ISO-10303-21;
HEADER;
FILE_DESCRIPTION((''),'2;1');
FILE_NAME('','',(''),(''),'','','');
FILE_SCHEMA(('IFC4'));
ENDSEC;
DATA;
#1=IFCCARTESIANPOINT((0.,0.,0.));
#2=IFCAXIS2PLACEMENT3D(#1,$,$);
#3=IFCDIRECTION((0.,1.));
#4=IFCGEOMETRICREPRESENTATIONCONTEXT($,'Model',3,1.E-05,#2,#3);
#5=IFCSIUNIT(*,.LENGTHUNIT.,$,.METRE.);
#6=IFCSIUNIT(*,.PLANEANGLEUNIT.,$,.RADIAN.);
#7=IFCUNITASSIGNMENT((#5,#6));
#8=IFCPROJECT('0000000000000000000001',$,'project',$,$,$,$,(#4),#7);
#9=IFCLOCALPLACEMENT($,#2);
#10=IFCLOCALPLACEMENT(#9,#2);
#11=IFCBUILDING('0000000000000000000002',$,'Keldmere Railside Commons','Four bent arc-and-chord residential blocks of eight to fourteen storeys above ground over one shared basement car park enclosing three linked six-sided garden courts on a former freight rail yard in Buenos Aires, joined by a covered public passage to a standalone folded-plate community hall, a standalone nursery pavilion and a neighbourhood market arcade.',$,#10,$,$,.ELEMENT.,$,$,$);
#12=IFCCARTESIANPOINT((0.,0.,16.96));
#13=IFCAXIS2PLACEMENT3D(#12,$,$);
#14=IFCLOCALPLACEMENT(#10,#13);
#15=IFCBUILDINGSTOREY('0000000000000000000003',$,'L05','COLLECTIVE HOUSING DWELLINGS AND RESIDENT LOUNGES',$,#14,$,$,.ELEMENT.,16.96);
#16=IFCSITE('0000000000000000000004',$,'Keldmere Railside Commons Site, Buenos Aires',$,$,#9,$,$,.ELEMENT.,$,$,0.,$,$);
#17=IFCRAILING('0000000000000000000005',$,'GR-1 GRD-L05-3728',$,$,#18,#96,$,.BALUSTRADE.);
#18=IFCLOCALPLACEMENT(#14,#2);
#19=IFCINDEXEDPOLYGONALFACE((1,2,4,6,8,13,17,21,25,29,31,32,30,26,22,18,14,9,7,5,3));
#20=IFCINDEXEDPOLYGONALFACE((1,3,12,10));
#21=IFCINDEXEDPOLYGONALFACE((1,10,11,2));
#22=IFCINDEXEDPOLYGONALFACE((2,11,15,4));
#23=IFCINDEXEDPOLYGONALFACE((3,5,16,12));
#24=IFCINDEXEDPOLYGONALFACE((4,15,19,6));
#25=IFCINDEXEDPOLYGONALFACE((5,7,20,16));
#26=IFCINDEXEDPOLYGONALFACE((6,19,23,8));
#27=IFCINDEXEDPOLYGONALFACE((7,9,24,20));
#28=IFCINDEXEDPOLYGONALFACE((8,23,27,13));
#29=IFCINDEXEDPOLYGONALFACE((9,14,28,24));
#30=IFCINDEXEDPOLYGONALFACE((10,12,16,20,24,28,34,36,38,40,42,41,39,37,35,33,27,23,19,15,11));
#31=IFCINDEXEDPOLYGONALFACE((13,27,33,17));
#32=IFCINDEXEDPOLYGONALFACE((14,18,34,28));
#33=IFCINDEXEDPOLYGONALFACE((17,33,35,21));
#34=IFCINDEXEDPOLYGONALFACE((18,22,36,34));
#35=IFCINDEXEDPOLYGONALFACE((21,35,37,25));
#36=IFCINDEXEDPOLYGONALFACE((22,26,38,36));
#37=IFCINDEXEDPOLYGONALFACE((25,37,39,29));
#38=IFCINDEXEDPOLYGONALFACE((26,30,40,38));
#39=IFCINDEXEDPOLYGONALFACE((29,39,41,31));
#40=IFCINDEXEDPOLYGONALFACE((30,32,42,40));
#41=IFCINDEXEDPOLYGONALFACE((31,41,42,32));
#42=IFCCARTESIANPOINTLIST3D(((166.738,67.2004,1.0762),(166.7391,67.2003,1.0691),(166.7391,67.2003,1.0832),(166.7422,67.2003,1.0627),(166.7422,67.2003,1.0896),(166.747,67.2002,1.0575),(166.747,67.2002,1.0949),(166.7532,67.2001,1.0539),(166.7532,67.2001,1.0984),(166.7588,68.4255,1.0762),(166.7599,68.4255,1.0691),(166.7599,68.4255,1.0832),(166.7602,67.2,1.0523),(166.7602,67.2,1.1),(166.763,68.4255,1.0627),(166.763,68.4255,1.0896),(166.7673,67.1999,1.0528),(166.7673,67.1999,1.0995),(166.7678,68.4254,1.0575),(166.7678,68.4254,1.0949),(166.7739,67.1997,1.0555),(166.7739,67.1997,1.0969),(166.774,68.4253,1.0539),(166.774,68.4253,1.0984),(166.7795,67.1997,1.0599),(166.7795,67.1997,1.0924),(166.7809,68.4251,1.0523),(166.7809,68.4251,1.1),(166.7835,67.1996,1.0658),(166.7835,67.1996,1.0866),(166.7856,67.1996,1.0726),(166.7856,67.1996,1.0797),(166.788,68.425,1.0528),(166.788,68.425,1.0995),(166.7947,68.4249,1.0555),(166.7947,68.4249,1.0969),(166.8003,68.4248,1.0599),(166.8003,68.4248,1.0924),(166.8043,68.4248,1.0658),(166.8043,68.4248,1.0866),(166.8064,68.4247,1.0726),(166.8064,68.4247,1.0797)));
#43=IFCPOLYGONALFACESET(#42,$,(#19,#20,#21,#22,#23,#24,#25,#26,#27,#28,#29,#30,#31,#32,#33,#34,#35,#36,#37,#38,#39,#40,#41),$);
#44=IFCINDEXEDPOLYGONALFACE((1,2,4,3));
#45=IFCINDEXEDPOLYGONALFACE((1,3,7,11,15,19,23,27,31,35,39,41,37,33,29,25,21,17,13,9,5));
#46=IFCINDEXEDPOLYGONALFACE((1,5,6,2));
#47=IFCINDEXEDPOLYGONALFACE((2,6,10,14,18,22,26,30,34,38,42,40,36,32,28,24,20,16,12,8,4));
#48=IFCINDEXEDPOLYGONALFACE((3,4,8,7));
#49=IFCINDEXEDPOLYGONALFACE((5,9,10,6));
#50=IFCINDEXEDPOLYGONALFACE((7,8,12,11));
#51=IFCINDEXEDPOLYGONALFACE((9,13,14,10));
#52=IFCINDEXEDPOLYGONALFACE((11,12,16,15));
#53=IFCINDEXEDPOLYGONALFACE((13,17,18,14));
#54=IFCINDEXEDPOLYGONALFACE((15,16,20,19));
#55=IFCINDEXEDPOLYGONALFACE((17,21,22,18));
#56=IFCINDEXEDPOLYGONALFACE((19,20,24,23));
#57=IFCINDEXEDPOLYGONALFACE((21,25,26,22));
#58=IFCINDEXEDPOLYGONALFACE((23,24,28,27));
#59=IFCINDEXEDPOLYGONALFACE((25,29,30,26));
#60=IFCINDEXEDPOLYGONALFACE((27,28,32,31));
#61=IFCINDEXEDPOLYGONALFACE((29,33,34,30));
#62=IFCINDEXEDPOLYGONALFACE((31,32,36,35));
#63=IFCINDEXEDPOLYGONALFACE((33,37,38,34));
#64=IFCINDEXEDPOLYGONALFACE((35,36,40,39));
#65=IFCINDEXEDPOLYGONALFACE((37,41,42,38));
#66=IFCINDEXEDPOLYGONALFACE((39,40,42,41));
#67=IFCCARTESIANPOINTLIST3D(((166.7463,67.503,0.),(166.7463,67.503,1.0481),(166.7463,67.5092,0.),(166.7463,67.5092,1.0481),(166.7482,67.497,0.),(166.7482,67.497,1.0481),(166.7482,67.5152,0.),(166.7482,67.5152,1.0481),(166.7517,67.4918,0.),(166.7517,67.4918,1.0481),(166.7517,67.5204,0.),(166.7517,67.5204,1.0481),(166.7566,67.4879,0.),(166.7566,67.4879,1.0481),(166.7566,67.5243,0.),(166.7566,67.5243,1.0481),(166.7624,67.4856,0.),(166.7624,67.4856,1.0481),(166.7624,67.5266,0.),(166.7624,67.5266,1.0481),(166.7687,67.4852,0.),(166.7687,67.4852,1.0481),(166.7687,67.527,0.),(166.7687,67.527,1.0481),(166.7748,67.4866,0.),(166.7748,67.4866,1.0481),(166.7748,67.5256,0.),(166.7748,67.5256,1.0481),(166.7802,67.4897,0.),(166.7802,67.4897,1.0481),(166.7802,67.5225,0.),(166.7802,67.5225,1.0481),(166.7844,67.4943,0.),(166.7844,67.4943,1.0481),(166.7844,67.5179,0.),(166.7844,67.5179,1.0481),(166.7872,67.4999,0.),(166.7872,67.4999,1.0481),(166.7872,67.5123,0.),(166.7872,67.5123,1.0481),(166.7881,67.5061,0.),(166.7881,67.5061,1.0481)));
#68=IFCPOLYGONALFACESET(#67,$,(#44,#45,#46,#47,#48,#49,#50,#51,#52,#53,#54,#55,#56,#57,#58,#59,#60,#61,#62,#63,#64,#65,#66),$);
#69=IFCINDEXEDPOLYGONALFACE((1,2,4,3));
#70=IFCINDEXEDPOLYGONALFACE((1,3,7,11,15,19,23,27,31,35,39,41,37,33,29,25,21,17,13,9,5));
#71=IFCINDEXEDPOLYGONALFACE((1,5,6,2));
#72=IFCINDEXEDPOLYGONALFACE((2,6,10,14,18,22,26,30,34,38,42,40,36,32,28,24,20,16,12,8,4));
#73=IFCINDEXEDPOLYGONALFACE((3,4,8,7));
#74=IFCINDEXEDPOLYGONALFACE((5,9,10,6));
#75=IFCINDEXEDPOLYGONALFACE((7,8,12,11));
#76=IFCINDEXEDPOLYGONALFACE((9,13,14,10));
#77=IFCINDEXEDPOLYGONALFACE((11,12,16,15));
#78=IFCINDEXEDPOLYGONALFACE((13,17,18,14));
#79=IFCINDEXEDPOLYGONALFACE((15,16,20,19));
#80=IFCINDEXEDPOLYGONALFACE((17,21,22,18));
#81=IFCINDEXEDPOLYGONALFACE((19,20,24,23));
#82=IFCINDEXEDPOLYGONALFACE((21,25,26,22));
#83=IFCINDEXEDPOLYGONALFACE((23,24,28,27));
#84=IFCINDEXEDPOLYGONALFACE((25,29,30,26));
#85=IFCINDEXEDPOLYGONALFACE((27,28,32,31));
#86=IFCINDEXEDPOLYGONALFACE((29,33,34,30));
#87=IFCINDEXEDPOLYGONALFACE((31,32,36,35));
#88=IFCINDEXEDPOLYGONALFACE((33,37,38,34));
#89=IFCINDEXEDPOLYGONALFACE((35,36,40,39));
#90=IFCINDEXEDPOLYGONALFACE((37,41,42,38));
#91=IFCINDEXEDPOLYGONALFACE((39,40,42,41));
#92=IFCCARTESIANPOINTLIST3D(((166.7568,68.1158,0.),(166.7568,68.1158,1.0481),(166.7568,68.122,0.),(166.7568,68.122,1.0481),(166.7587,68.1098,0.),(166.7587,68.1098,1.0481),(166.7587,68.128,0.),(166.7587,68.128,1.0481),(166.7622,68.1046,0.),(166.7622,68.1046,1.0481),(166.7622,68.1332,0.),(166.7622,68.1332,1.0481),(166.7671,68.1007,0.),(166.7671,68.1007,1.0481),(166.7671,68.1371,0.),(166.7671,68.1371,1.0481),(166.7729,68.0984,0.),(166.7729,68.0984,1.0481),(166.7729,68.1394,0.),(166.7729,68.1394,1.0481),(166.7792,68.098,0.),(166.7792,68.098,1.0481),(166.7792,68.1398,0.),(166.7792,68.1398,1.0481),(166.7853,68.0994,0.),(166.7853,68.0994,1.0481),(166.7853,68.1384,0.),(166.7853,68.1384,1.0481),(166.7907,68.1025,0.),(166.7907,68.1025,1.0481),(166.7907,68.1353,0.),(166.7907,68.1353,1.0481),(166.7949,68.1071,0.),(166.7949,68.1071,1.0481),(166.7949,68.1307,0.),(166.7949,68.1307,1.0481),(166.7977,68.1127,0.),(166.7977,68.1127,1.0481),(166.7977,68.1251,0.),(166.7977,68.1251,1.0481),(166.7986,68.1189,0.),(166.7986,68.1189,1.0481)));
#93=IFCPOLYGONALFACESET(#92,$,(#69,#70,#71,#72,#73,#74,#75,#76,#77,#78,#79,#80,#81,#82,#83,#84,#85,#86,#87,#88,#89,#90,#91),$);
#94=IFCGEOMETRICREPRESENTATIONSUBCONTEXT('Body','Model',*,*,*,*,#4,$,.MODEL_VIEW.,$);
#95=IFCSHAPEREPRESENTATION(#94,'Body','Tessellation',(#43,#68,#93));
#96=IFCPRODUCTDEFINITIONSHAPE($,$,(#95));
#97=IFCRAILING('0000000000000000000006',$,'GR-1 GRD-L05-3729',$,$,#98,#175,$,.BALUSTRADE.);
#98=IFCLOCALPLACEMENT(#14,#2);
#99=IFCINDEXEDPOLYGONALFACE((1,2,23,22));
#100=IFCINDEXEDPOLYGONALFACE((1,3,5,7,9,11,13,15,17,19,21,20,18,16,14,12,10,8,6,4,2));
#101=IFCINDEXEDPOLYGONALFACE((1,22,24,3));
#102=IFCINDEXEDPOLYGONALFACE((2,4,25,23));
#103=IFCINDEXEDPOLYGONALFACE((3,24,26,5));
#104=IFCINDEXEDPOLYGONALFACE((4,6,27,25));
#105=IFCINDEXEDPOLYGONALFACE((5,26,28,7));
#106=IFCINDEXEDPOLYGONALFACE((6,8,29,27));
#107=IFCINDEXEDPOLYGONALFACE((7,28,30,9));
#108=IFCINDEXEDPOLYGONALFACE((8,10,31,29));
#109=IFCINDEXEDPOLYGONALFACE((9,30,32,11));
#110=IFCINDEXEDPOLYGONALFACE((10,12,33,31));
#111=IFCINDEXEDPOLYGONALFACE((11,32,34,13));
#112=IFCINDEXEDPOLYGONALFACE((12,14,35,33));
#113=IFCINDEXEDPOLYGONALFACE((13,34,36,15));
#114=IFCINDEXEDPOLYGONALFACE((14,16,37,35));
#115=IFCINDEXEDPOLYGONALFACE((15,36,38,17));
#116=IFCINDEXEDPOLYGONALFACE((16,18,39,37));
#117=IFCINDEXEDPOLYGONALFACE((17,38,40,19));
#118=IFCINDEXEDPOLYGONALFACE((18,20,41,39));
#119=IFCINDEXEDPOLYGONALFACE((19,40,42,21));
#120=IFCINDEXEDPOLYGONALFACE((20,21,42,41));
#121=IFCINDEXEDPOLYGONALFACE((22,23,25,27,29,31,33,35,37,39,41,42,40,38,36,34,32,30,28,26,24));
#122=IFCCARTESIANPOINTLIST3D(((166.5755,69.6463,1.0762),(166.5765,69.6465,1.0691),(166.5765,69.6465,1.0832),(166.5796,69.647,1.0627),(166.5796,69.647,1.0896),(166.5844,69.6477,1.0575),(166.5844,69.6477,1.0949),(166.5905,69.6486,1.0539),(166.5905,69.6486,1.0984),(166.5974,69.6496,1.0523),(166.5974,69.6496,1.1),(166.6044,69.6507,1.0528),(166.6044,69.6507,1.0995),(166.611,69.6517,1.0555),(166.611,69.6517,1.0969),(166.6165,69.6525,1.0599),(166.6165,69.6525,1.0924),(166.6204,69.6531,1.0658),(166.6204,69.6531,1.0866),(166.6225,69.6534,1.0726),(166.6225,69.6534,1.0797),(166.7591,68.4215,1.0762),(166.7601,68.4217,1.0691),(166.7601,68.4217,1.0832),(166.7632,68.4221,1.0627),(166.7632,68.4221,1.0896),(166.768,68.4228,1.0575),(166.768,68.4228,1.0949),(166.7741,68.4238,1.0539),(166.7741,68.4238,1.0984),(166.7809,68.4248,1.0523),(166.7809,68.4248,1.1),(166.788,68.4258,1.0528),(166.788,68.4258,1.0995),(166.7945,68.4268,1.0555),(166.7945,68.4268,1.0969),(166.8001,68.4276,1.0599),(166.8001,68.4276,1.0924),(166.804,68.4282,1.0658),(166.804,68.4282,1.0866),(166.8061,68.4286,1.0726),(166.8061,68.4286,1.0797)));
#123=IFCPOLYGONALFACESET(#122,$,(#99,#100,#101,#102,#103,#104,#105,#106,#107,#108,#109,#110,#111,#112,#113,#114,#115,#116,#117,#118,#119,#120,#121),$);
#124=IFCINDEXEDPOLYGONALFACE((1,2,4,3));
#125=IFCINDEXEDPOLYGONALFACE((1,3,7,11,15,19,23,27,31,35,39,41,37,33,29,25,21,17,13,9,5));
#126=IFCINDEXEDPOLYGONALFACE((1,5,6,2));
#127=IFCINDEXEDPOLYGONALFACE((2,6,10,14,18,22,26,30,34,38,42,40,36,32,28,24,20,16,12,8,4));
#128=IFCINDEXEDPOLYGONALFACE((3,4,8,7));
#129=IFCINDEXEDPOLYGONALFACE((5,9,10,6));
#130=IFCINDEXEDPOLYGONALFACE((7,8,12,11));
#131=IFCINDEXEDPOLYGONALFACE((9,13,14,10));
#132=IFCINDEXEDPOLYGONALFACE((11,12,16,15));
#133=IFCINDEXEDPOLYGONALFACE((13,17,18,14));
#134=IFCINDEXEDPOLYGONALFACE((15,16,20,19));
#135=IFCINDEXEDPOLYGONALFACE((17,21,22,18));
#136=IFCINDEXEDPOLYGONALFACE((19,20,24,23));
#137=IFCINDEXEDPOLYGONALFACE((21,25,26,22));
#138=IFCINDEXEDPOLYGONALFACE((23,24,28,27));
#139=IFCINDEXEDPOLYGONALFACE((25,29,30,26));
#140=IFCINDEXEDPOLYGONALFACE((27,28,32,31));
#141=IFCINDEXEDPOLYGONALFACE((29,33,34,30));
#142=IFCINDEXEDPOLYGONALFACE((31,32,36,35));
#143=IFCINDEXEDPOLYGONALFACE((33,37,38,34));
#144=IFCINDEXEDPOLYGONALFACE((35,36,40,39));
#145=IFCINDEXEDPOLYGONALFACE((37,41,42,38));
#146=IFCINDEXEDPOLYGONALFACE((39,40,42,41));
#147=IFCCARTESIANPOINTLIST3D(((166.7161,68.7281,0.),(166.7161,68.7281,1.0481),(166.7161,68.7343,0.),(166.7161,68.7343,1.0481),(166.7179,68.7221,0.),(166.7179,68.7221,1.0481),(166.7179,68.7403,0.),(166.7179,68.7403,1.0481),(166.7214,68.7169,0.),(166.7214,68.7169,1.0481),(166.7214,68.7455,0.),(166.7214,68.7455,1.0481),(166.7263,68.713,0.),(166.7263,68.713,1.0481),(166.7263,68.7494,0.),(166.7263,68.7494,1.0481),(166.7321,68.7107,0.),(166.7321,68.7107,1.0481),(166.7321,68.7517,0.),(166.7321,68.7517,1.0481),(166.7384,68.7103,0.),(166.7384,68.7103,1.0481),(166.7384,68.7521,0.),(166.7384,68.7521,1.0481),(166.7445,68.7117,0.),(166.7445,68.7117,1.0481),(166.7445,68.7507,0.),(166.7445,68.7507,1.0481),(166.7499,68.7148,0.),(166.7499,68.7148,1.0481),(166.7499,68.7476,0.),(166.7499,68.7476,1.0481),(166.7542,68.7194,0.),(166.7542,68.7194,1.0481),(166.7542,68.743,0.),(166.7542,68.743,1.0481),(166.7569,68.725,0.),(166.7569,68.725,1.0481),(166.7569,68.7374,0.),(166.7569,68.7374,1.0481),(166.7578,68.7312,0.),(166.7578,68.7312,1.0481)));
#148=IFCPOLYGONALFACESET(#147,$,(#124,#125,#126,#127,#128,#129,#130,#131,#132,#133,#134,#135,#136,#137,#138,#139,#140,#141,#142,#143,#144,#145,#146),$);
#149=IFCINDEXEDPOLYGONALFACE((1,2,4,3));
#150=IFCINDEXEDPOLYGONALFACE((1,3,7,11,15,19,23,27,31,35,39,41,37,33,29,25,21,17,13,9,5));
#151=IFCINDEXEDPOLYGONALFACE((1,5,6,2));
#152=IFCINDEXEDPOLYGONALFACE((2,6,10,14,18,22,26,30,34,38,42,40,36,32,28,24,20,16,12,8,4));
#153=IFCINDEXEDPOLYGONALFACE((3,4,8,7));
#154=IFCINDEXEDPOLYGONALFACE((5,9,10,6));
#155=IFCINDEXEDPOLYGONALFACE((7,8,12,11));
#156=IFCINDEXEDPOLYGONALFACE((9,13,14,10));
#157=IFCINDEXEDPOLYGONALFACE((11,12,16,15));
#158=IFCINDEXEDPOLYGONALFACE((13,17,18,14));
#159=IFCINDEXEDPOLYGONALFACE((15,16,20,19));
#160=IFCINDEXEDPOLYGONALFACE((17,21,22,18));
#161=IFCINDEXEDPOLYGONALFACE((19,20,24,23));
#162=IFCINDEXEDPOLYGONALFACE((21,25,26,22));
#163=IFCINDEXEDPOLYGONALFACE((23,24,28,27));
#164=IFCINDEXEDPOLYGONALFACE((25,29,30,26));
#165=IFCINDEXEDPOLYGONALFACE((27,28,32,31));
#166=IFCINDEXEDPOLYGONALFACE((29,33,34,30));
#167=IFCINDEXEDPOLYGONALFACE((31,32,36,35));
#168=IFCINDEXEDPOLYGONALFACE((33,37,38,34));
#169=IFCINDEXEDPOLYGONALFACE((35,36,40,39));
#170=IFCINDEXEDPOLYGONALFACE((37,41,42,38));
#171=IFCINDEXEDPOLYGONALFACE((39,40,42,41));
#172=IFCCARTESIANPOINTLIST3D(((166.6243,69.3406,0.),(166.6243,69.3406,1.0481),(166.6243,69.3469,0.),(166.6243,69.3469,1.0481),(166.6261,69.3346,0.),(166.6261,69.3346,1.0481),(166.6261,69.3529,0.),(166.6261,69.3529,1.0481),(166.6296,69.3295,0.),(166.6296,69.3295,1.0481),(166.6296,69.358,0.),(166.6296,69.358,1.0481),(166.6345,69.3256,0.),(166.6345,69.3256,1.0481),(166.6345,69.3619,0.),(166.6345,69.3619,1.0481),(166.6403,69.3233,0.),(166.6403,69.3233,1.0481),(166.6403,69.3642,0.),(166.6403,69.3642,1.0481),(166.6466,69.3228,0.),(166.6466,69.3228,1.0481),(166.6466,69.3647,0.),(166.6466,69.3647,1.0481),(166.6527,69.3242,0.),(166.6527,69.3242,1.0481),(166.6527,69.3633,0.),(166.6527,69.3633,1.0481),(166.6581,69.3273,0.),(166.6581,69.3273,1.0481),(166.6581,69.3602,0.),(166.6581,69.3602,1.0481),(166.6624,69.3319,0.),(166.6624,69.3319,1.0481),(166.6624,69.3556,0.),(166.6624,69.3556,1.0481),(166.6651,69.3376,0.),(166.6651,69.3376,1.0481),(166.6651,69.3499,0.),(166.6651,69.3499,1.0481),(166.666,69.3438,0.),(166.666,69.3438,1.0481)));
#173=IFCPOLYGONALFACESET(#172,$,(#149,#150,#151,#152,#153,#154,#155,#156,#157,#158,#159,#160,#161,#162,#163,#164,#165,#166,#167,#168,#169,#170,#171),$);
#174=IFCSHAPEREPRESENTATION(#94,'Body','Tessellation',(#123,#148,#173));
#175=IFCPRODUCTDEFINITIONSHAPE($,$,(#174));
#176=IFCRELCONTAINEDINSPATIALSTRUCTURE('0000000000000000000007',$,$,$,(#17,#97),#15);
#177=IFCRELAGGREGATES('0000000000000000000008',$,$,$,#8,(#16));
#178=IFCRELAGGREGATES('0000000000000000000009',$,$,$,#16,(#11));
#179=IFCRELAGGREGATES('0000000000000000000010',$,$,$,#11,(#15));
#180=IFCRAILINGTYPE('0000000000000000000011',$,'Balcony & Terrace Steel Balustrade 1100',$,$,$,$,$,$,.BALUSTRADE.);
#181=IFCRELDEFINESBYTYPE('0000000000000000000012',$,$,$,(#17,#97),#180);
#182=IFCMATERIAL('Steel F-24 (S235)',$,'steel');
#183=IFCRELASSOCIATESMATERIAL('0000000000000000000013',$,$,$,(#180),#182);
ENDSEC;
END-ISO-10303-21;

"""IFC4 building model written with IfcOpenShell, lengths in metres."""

from ifc_helpers import new_model, si_unit, direction, frame, origin, origin_2d, place, context, subcontext, project, spatial, circle, extrude, material, type_object, element, save


model = new_model("IFC4")

# Units and contexts
model_context = context("Model", 3, precision=1e-05, world=origin(), true_north=direction((0.0, 1.0)))
body_context = subcontext(model_context, "Body", "Model", "MODEL_VIEW")
ifc_project = project(units=[si_unit("LENGTHUNIT", "METRE"), si_unit("PLANEANGLEUNIT", "RADIAN")], contexts=[model_context])

# Site, building, storey
site_placement = place(None, origin())
site = spatial("IfcSite", under=ifc_project, at=site_placement, Name="Keldmere Railside Commons Site, Buenos Aires", CompositionType="ELEMENT", RefElevation=0.0)
building_placement = place(site_placement, origin())
building = spatial("IfcBuilding", under=site, at=building_placement, Name="Keldmere Railside Commons", Description="Four bent arc-and-chord residential blocks of eight to fourteen storeys above ground over one shared basement car park enclosing three linked six-sided garden courts on a former freight rail yard in Buenos Aires, joined by a covered public passage to a standalone folded-plate community hall, a standalone nursery pavilion and a neighbourhood market arcade.", CompositionType="ELEMENT")
storey_placement = place(building_placement, frame((0.0, 0.0, 16.96)))
storey = spatial("IfcBuildingStorey", under=building, at=storey_placement, Name="L05", Description="COLLECTIVE HOUSING DWELLINGS AND RESIDENT LOUNGES", CompositionType="ELEMENT", Elevation=16.96)

# Shared definitions
ifc_material_1 = material(Name="Steel F-24 (S235)", Category="steel")

# Railings
railing_type_1 = type_object("IfcRailingType", Name="Balcony & Terrace Steel Balustrade 1100", PredefinedType="BALUSTRADE", material=ifc_material_1)
railing_1_placement = place(storey_placement, frame((166.762, 67.2, 0.0)))
element("IfcRailing", 1, at=railing_1_placement, inside=storey, type_object=railing_type_1, Name="GR-1 GRD-L05-3728", PredefinedType="BALUSTRADE", context=body_context, shape_type="SweptSolid", body=[
    extrude(circle(Radius=0.0239, at=origin_2d()), frame((0.0, 0.0, 1.0762), z_axis=(0.016937, 0.999857, 0.0), x_axis=(-0.999857, 0.016937, 0.0)), (0.0, 0.0, 1.0), 1.2253),
    extrude(circle(Radius=0.021, at=origin_2d()), frame((0.0051, 0.3062, 0.0)), (0.0, 0.0, 1.0), 1.0481),
    extrude(circle(Radius=0.021, at=origin_2d()), frame((0.0156, 0.9189, 0.0)), (0.0, 0.0, 1.0), 1.0481),
])
railing_2_placement = place(storey_placement, frame((166.7827, 68.425, 0.0)))
element("IfcRailing", 2, at=railing_2_placement, inside=storey, type_object=railing_type_1, Name="GR-1 GRD-L05-3729", PredefinedType="BALUSTRADE", context=body_context, shape_type="SweptSolid", body=[
    extrude(circle(Radius=0.0239, at=origin_2d()), frame((0.0, 0.0, 1.0762), z_axis=(-0.148234, 0.988952, 0.0), x_axis=(-0.988952, -0.148234, 0.0)), (0.0, 0.0, 1.0), 1.2385),
    extrude(circle(Radius=0.021, at=origin_2d()), frame((-0.0459, 0.3062, 0.0)), (0.0, 0.0, 1.0), 1.0481),
    extrude(circle(Radius=0.021, at=origin_2d()), frame((-0.1377, 0.9187, 0.0)), (0.0, 0.0, 1.0), 1.0481),
])

save(model, "model.ifc")
